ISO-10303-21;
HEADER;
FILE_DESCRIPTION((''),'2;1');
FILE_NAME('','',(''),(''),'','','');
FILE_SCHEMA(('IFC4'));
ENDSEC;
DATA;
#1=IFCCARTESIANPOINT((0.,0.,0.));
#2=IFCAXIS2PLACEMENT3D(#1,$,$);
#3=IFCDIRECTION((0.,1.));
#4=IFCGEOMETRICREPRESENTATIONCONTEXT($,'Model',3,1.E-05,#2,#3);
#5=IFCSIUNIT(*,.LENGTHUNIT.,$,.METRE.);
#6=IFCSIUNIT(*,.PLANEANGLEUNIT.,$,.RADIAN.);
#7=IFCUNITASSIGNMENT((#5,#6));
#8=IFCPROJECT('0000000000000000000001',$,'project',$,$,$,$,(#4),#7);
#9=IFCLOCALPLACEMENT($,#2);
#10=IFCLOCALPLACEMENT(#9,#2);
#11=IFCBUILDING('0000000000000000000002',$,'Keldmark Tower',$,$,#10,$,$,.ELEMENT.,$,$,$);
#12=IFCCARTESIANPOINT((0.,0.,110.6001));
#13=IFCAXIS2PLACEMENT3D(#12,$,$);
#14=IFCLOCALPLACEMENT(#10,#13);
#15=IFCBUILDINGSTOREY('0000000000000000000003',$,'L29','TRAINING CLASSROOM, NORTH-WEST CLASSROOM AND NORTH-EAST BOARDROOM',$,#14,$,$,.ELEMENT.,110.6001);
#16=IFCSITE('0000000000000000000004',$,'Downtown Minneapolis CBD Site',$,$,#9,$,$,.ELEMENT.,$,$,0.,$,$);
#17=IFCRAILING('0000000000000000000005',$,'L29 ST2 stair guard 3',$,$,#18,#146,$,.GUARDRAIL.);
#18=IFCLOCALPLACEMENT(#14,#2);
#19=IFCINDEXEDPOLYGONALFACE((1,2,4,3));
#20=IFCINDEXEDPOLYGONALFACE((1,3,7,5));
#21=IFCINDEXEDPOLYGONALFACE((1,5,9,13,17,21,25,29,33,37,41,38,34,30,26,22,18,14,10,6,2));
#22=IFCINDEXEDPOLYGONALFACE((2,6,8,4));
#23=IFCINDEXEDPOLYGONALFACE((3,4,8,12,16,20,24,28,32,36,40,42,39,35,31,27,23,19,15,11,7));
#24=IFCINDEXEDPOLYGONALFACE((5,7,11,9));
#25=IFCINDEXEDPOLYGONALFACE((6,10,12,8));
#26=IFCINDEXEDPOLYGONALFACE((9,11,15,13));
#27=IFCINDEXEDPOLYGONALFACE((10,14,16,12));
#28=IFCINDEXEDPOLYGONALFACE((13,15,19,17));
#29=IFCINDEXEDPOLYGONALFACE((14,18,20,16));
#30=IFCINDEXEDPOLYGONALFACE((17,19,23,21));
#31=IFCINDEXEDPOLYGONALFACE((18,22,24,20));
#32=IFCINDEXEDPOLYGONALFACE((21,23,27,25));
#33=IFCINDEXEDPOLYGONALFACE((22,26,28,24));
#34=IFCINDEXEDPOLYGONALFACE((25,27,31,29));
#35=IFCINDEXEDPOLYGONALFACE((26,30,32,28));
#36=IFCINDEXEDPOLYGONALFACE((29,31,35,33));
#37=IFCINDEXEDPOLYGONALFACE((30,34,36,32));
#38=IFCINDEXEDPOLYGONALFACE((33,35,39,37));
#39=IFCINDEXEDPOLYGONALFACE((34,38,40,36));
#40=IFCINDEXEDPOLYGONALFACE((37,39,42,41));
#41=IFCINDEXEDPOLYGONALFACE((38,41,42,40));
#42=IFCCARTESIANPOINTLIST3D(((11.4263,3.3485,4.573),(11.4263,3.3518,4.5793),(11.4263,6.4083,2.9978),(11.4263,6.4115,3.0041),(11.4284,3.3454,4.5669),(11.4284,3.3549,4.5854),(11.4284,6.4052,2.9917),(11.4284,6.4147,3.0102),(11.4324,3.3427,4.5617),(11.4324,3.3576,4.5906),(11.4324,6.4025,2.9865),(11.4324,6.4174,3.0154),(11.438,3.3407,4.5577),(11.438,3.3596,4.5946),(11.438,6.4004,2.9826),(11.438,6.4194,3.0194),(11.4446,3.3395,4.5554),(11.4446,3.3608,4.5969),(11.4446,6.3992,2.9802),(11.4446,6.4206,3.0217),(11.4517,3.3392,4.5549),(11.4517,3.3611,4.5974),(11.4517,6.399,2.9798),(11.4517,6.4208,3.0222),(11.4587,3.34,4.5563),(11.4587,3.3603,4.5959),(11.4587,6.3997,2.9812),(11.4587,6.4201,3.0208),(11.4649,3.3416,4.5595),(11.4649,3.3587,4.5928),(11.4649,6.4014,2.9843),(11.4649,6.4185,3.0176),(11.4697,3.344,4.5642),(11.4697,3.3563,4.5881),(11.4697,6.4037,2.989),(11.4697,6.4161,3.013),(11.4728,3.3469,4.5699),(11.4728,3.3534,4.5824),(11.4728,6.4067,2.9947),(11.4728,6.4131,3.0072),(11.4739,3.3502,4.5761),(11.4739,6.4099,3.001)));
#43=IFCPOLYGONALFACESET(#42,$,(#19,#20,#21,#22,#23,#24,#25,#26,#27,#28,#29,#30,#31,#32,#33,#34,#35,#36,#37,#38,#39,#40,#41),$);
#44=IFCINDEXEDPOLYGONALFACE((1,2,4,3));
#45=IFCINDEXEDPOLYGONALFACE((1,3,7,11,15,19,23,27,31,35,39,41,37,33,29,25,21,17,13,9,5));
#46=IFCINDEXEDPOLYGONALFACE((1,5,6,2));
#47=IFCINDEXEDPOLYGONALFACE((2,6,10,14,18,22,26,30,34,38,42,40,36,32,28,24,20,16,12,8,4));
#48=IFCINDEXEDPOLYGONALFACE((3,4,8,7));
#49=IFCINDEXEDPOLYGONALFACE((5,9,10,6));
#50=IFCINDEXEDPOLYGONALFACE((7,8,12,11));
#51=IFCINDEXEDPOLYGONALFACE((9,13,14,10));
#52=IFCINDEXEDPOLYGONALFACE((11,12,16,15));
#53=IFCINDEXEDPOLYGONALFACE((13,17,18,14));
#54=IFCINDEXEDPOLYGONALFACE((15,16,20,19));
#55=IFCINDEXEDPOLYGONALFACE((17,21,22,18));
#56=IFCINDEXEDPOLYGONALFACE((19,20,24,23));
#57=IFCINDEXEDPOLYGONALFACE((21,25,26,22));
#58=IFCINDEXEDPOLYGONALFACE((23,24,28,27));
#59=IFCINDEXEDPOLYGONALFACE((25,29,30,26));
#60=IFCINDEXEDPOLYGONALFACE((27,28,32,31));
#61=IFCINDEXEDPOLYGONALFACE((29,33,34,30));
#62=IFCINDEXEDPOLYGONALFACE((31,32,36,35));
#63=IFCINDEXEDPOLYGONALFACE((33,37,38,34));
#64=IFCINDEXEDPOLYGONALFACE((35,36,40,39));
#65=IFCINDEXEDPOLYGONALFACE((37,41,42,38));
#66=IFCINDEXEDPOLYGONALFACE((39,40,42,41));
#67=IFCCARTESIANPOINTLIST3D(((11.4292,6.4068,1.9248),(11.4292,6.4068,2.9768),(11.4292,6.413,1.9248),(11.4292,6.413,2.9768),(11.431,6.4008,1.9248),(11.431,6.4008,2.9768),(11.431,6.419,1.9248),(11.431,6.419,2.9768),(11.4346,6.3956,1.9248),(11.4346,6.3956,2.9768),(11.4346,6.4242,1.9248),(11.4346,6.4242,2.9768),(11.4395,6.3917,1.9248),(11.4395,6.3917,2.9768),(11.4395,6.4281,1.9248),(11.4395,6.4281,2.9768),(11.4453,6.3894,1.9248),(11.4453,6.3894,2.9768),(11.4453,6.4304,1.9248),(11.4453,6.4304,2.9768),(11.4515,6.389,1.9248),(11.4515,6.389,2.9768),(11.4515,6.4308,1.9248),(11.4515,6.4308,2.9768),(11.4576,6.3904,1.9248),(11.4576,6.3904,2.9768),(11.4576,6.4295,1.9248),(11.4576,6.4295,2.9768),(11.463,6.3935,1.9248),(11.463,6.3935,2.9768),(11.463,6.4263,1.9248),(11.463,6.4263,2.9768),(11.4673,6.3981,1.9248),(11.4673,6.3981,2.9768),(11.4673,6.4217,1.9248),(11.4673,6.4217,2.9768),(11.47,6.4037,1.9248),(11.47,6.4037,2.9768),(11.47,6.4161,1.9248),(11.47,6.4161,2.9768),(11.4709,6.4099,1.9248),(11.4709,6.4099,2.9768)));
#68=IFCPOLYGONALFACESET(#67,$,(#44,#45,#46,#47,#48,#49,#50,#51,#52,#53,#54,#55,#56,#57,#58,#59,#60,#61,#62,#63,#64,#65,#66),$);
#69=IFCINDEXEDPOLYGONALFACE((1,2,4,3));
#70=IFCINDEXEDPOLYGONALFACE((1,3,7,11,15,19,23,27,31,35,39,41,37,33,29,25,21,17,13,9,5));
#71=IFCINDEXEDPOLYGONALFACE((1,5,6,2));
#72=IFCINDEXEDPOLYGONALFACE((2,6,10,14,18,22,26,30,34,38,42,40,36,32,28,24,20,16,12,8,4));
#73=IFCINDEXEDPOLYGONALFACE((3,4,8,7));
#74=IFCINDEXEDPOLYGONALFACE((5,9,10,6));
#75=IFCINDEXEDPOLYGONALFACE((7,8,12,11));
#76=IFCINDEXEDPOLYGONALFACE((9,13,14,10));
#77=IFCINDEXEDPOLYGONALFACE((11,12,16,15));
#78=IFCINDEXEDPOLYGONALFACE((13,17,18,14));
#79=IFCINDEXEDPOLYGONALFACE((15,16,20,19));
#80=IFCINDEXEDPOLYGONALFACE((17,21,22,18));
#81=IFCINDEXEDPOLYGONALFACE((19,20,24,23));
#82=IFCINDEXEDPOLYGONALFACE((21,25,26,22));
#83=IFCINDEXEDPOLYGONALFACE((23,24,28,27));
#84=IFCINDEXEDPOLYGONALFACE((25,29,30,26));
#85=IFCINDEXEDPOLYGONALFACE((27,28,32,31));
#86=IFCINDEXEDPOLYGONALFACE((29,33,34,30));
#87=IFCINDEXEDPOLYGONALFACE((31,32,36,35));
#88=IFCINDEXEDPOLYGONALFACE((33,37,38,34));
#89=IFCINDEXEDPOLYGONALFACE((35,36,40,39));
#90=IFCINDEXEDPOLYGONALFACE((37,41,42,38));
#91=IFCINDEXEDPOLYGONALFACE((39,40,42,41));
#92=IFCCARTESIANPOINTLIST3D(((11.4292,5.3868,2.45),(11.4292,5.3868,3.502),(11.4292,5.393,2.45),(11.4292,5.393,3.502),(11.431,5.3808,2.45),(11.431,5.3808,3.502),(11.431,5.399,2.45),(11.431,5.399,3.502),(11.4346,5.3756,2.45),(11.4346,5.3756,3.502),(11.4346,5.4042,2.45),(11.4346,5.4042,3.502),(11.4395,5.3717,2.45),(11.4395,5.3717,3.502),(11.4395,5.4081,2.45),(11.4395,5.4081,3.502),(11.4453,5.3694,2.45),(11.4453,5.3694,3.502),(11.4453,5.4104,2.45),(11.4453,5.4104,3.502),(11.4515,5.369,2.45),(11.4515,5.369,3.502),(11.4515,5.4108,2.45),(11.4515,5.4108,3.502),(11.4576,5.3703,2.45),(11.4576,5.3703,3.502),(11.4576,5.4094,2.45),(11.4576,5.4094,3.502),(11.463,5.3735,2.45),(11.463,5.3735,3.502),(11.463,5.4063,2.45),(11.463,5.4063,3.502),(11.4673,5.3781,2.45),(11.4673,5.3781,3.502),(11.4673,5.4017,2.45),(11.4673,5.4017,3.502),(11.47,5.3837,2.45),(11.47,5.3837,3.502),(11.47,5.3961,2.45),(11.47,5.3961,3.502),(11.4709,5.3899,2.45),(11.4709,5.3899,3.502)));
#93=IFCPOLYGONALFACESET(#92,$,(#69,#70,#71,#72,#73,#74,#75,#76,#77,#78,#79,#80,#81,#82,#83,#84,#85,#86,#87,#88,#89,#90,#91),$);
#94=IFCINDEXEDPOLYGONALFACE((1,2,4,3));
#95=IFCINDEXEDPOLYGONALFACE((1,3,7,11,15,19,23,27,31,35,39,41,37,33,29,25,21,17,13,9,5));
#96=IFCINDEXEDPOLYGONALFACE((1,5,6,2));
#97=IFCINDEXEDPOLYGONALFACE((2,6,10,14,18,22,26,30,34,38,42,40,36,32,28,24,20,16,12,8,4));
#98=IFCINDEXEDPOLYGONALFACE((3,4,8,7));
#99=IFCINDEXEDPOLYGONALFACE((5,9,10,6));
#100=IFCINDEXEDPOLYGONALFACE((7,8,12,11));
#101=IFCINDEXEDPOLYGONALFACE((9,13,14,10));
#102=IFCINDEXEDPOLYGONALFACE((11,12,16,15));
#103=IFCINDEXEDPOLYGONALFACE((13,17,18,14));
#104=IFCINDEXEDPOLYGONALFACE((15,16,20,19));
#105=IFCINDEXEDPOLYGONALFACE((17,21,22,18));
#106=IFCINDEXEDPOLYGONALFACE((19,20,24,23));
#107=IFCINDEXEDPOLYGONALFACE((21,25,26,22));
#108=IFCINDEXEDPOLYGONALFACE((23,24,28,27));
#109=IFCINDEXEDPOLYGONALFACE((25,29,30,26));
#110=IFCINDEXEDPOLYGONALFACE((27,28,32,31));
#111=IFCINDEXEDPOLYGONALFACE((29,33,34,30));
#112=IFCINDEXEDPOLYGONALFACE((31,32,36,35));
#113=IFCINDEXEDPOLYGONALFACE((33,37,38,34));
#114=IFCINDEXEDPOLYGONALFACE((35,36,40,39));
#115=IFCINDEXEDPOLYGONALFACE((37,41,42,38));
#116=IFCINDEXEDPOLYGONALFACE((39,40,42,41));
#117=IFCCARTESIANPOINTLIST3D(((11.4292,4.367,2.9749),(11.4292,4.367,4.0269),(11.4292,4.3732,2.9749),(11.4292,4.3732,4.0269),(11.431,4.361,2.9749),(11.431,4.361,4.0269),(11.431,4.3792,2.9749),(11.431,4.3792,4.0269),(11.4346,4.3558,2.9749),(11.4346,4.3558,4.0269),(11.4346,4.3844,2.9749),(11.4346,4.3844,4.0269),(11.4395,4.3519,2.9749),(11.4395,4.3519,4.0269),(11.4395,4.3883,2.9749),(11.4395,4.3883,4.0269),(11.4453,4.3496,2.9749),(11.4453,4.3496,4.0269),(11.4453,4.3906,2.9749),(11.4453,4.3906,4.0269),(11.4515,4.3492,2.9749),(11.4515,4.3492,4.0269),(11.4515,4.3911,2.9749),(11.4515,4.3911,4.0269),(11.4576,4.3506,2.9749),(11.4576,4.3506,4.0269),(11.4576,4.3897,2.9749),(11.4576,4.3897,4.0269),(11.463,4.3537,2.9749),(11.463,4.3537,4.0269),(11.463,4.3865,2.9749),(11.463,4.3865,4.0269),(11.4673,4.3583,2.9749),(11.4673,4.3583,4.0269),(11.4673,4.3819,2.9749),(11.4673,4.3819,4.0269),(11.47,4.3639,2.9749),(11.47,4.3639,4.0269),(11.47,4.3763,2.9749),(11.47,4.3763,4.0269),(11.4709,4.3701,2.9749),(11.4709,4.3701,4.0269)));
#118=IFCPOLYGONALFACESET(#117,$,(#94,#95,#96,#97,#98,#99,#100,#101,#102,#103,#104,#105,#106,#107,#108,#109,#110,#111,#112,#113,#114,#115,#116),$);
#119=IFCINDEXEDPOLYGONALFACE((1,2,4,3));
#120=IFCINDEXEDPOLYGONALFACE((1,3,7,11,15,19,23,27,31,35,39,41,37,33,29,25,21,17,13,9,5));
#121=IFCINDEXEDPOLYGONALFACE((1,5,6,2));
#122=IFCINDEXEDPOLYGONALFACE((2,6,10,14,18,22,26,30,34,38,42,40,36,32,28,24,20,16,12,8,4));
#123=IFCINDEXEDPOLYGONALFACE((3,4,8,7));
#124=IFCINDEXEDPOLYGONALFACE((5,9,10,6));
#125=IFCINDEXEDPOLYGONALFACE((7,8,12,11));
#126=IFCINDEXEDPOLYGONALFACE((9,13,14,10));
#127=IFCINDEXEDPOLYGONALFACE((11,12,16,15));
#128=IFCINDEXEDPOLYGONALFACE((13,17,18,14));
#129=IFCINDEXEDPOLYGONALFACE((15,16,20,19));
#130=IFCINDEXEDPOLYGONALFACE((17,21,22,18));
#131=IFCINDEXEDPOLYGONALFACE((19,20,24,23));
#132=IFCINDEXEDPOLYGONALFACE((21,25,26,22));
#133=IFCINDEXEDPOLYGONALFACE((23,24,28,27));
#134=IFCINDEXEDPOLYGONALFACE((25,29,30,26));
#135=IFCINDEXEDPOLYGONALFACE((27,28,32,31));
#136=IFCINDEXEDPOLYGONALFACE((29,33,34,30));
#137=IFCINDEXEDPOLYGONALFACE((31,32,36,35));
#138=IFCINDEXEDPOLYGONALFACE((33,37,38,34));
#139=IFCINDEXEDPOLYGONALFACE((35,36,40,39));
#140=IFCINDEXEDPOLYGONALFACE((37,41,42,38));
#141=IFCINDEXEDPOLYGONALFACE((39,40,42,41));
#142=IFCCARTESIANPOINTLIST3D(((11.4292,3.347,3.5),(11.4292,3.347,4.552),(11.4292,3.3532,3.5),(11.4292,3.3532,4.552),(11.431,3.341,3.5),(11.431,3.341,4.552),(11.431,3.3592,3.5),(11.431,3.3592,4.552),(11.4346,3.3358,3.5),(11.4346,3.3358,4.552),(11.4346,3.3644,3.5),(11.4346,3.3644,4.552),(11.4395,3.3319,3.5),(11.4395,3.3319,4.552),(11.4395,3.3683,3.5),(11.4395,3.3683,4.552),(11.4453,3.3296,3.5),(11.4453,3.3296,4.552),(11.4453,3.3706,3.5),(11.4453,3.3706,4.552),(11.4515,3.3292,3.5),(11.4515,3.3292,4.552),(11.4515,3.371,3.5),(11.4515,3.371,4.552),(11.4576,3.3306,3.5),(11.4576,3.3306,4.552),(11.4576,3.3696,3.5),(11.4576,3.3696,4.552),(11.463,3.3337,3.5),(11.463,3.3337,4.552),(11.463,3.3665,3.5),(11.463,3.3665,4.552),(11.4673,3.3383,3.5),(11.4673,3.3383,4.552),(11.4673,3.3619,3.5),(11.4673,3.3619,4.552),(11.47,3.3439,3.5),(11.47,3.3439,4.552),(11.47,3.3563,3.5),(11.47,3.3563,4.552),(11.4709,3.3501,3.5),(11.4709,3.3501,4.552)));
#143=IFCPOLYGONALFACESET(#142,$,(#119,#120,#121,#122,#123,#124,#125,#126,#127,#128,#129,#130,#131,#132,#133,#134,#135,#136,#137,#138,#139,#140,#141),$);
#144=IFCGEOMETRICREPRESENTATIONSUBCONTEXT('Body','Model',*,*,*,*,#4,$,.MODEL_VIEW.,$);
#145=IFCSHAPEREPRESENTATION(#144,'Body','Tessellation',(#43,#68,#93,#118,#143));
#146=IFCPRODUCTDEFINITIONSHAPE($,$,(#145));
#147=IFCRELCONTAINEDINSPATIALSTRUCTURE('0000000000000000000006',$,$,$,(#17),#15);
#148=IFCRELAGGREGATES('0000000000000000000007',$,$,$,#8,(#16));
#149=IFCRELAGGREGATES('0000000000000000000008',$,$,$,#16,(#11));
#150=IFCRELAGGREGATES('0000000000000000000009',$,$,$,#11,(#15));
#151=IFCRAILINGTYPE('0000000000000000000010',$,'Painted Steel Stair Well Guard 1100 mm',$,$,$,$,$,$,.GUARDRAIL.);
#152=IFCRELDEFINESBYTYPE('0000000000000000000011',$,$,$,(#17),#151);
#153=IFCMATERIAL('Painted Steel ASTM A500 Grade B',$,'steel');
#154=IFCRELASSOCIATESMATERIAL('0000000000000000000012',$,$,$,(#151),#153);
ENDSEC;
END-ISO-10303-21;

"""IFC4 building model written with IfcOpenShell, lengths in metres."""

from ifc_helpers import new_model, si_unit, direction, frame, origin, origin_2d, place, context, subcontext, project, spatial, circle, extrude, material, type_object, element, save


model = new_model("IFC4")

# Units and contexts
model_context = context("Model", 3, precision=1e-05, world=origin(), true_north=direction((0.0, 1.0)))
body_context = subcontext(model_context, "Body", "Model", "MODEL_VIEW")
ifc_project = project(units=[si_unit("LENGTHUNIT", "METRE"), si_unit("PLANEANGLEUNIT", "RADIAN")], contexts=[model_context])

# Site, building, storey
site_placement = place(None, origin())
site = spatial("IfcSite", under=ifc_project, at=site_placement, Name="Downtown Minneapolis CBD Site", CompositionType="ELEMENT", RefElevation=0.0)
building_placement = place(site_placement, origin())
building = spatial("IfcBuilding", under=site, at=building_placement, Name="Keldmark Tower", CompositionType="ELEMENT")
storey_placement = place(building_placement, frame((0.0, 0.0, 110.6001)))
storey = spatial("IfcBuildingStorey", under=building, at=storey_placement, Name="L29", Description="TRAINING CLASSROOM, NORTH-WEST CLASSROOM AND NORTH-EAST BOARDROOM", CompositionType="ELEMENT", Elevation=110.6001)

# Railing
ifc_material_1 = material(Name="Painted Steel ASTM A500 Grade B", Category="steel")
railing_type_1 = type_object("IfcRailingType", Name="Painted Steel Stair Well Guard 1100 mm", PredefinedType="GUARDRAIL", material=ifc_material_1)
railing_1_placement = place(storey_placement, frame((11.45, 6.4099, 1.9248)))
element("IfcRailing", 1, at=railing_1_placement, inside=storey, type_object=railing_type_1, Name="L29 ST2 stair guard 3", PredefinedType="GUARDRAIL", context=body_context, shape_type="SweptSolid", body=[
    extrude(circle(Radius=0.0239, at=origin_2d()), frame((0.0, 0.0, 1.0762), z_axis=(0.0, -0.889101, 0.45771), x_axis=(1.0, 0.0, 0.0)), (0.0, 0.0, 1.0), 3.4414),
    extrude(circle(Radius=0.021, at=origin_2d()), origin(), (0.0, 0.0, 1.0), 1.052),
    extrude(circle(Radius=0.021, at=origin_2d()), frame((0.0, -1.02, 0.5251)), (0.0, 0.0, 1.0), 1.052),
    extrude(circle(Radius=0.021, at=origin_2d()), frame((0.0, -2.0398, 1.05)), (0.0, 0.0, 1.0), 1.052),
    extrude(circle(Radius=0.021, at=origin_2d()), frame((0.0, -3.0598, 1.5752)), (0.0, 0.0, 1.0), 1.052),
])

save(model, "model.ifc")
